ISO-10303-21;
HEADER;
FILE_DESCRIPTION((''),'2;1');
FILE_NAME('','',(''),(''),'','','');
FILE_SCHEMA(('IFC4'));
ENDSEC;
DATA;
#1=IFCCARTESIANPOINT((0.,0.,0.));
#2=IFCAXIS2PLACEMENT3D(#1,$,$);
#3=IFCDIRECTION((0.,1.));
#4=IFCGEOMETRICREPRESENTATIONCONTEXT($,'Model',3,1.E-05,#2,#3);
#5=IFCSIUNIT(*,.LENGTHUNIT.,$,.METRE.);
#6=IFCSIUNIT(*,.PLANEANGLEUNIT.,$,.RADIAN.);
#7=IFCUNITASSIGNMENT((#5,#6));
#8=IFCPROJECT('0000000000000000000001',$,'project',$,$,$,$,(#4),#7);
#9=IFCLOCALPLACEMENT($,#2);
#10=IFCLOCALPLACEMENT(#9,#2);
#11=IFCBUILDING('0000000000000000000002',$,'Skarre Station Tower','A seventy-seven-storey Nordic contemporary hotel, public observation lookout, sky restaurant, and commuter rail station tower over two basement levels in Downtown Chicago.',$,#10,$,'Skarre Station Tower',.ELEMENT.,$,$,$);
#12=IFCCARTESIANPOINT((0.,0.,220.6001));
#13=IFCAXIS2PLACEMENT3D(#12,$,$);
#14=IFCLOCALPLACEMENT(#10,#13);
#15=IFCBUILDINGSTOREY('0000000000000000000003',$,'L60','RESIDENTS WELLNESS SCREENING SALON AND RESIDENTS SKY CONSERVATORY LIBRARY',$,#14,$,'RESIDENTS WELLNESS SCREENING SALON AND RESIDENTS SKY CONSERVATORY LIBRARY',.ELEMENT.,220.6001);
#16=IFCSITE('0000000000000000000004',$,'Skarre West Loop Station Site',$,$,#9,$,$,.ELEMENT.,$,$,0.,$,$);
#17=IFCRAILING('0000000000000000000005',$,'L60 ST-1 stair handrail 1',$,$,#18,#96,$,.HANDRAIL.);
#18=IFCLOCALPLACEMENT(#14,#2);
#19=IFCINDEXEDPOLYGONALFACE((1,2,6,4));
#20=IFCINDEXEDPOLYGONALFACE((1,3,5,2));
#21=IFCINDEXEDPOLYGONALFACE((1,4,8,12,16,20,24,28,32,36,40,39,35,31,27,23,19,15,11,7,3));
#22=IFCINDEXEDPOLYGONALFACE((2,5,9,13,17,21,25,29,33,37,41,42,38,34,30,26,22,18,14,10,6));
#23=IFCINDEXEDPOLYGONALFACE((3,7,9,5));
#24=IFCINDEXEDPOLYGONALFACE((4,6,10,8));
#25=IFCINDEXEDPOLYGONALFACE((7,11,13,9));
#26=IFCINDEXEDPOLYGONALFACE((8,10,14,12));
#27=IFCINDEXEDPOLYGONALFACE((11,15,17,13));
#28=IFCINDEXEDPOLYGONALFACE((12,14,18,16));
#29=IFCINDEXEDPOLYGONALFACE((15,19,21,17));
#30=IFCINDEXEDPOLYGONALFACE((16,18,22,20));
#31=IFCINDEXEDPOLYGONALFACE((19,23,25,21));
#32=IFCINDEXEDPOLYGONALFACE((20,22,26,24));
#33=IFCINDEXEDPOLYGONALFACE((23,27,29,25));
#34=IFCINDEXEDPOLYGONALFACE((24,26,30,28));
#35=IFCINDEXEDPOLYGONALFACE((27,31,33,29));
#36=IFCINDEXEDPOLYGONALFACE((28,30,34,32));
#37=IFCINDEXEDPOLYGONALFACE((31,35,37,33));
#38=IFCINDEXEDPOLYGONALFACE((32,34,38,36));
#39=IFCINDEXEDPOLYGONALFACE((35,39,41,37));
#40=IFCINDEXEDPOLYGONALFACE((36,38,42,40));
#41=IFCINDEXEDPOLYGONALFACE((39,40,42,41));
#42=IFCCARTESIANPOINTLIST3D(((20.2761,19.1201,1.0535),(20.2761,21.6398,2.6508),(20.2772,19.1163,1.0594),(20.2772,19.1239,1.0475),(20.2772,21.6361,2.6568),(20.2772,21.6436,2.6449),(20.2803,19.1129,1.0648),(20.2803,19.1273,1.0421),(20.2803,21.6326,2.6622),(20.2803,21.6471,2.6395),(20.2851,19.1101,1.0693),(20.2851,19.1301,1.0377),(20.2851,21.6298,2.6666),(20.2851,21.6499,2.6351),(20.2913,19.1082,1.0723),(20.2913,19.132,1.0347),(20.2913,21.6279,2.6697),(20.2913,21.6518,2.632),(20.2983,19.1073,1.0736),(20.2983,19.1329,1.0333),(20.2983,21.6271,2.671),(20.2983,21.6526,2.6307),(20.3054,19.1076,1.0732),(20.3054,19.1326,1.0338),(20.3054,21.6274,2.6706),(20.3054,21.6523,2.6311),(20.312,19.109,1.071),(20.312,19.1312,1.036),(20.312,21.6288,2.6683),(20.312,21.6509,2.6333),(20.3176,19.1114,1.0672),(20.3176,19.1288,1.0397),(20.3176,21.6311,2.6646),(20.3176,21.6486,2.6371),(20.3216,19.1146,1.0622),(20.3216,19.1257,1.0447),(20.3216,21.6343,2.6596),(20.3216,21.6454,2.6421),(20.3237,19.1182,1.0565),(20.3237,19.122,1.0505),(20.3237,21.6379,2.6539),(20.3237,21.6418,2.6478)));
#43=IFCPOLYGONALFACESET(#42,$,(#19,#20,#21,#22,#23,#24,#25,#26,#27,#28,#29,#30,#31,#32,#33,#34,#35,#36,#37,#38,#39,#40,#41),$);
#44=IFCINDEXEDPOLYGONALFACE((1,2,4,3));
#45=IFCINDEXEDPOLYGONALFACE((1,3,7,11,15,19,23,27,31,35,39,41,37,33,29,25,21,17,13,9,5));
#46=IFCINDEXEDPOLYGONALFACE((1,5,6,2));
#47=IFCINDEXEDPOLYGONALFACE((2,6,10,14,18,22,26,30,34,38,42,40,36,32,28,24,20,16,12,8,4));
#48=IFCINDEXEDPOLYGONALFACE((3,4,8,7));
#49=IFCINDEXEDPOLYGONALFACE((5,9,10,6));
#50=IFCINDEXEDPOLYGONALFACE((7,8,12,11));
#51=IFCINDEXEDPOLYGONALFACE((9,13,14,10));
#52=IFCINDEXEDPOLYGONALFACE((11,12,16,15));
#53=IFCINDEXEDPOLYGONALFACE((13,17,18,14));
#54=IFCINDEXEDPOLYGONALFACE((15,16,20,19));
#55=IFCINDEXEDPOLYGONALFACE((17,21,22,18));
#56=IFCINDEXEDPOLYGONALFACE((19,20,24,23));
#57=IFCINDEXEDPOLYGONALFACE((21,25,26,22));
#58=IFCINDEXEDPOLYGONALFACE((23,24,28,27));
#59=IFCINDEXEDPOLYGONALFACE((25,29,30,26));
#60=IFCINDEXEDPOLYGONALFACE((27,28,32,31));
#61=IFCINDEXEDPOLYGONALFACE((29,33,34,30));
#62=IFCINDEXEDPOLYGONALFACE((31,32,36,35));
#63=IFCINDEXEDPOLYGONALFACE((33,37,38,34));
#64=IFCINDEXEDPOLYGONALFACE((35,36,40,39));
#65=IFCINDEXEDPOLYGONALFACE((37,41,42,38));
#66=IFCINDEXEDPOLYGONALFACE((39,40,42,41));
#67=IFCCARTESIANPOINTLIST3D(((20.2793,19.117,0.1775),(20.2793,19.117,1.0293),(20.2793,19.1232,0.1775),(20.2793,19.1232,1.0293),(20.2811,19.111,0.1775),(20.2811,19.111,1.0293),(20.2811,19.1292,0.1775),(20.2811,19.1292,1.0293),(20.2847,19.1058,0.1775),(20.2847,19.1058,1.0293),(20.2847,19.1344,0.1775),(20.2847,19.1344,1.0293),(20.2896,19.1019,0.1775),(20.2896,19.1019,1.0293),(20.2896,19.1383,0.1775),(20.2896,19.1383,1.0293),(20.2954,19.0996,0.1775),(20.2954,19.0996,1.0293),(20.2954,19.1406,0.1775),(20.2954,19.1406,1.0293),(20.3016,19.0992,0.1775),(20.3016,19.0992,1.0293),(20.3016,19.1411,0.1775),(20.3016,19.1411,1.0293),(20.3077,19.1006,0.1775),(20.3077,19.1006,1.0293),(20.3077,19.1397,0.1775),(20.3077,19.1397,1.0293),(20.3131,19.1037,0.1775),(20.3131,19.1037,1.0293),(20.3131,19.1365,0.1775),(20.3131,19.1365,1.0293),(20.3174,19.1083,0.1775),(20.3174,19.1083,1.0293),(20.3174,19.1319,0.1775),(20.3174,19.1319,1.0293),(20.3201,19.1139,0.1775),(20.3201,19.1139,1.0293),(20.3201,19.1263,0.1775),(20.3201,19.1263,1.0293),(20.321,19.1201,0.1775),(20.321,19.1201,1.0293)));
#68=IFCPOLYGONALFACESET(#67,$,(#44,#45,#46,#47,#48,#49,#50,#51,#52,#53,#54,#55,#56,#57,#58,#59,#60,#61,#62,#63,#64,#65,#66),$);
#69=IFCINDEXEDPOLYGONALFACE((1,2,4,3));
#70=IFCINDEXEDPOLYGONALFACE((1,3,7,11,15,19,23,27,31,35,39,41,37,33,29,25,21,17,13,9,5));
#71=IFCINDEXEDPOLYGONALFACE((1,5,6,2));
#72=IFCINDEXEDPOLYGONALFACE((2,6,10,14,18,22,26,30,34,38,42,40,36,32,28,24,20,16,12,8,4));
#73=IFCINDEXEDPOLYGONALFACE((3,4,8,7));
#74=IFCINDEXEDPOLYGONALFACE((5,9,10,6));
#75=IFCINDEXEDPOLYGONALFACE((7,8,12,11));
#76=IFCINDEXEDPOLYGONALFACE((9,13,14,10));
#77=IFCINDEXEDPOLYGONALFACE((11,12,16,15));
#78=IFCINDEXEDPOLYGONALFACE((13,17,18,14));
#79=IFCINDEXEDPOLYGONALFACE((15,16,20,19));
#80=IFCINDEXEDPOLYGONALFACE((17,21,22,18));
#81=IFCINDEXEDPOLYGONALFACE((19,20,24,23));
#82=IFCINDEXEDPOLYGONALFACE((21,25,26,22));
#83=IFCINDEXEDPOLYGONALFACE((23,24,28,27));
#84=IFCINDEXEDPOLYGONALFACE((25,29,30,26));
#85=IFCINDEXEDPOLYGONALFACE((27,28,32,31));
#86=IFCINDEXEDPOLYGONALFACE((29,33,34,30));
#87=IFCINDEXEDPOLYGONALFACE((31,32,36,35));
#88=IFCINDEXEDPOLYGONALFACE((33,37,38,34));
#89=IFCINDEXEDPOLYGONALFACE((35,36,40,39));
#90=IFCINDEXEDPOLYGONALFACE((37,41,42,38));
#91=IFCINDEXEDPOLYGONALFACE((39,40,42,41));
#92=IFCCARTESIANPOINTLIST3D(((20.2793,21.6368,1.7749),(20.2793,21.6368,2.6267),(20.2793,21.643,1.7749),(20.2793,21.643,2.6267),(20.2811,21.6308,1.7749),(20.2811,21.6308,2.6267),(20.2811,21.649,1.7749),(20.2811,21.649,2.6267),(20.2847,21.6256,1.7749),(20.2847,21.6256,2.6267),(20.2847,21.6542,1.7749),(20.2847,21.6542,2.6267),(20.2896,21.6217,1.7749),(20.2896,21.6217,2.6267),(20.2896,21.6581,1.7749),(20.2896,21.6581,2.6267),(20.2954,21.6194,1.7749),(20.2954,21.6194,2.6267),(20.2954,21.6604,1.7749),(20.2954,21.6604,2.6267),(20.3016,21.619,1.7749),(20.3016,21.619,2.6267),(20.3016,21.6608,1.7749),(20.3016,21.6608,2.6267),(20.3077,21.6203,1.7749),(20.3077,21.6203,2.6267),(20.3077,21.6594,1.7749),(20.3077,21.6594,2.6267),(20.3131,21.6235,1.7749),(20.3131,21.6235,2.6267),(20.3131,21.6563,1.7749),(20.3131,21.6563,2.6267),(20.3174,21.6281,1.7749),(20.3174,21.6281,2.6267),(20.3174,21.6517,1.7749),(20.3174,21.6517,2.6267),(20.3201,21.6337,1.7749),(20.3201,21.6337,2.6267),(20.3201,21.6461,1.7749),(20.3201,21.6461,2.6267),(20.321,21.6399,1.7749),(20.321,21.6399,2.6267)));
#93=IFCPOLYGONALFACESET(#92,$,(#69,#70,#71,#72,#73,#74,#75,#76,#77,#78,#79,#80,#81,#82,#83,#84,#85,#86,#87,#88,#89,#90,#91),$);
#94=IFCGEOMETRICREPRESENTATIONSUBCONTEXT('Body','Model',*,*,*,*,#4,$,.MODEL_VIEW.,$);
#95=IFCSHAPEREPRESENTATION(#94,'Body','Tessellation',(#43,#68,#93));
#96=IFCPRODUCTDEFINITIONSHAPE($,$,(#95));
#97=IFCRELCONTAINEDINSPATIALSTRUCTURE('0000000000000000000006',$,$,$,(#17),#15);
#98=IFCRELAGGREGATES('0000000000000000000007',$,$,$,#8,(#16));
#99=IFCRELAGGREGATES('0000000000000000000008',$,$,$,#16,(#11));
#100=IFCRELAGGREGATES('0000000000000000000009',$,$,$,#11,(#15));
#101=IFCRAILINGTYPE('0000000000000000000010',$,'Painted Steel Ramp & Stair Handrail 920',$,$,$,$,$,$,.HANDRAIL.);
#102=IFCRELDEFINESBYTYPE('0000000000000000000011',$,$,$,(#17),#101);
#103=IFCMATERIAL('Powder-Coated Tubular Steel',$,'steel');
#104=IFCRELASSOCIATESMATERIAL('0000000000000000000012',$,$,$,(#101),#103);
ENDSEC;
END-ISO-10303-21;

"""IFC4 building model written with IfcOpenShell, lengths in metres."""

from ifc_helpers import new_model, si_unit, direction, frame, origin, origin_2d, place, context, subcontext, project, spatial, circle, extrude, material, type_object, element, save


model = new_model("IFC4")

# Units and contexts
model_context = context("Model", 3, precision=1e-05, world=origin(), true_north=direction((0.0, 1.0)))
body_context = subcontext(model_context, "Body", "Model", "MODEL_VIEW")
ifc_project = project(units=[si_unit("LENGTHUNIT", "METRE"), si_unit("PLANEANGLEUNIT", "RADIAN")], contexts=[model_context])

# Site, building, storey
site_placement = place(None, origin())
site = spatial("IfcSite", under=ifc_project, at=site_placement, Name="Skarre West Loop Station Site", CompositionType="ELEMENT", RefElevation=0.0)
building_placement = place(site_placement, origin())
building = spatial("IfcBuilding", under=site, at=building_placement, Name="Skarre Station Tower", Description="A seventy-seven-storey Nordic contemporary hotel, public observation lookout, sky restaurant, and commuter rail station tower over two basement levels in Downtown Chicago.", LongName="Skarre Station Tower", CompositionType="ELEMENT")
storey_placement = place(building_placement, frame((0.0, 0.0, 220.6001)))
storey = spatial("IfcBuildingStorey", under=building, at=storey_placement, Name="L60", Description="RESIDENTS WELLNESS SCREENING SALON AND RESIDENTS SKY CONSERVATORY LIBRARY", LongName="RESIDENTS WELLNESS SCREENING SALON AND RESIDENTS SKY CONSERVATORY LIBRARY", CompositionType="ELEMENT", Elevation=220.6001)

# Railing
ifc_material_1 = material(Name="Powder-Coated Tubular Steel", Category="steel")
railing_type_1 = type_object("IfcRailingType", Name="Painted Steel Ramp & Stair Handrail 920", PredefinedType="HANDRAIL", material=ifc_material_1)
railing_1_placement = place(storey_placement, frame((20.3, 19.1201, 0.1775)))
element("IfcRailing", 1, at=railing_1_placement, inside=storey, type_object=railing_type_1, Name="L60 ST-1 stair handrail 1", PredefinedType="HANDRAIL", context=body_context, shape_type="SweptSolid", body=[
    extrude(circle(Radius=0.0239, at=origin_2d()), frame((0.0, 0.0, 0.876), z_axis=(0.0, 0.844583, 0.535424), x_axis=(-1.0, 0.0, 0.0)), (0.0, 0.0, 1.0), 2.9834),
    extrude(circle(Radius=0.021, at=origin_2d()), origin(), (0.0, 0.0, 1.0), 0.8518),
    extrude(circle(Radius=0.021, at=origin_2d()), frame((0.0, 2.5198, 1.5974)), (0.0, 0.0, 1.0), 0.8518),
])

save(model, "model.ifc")
